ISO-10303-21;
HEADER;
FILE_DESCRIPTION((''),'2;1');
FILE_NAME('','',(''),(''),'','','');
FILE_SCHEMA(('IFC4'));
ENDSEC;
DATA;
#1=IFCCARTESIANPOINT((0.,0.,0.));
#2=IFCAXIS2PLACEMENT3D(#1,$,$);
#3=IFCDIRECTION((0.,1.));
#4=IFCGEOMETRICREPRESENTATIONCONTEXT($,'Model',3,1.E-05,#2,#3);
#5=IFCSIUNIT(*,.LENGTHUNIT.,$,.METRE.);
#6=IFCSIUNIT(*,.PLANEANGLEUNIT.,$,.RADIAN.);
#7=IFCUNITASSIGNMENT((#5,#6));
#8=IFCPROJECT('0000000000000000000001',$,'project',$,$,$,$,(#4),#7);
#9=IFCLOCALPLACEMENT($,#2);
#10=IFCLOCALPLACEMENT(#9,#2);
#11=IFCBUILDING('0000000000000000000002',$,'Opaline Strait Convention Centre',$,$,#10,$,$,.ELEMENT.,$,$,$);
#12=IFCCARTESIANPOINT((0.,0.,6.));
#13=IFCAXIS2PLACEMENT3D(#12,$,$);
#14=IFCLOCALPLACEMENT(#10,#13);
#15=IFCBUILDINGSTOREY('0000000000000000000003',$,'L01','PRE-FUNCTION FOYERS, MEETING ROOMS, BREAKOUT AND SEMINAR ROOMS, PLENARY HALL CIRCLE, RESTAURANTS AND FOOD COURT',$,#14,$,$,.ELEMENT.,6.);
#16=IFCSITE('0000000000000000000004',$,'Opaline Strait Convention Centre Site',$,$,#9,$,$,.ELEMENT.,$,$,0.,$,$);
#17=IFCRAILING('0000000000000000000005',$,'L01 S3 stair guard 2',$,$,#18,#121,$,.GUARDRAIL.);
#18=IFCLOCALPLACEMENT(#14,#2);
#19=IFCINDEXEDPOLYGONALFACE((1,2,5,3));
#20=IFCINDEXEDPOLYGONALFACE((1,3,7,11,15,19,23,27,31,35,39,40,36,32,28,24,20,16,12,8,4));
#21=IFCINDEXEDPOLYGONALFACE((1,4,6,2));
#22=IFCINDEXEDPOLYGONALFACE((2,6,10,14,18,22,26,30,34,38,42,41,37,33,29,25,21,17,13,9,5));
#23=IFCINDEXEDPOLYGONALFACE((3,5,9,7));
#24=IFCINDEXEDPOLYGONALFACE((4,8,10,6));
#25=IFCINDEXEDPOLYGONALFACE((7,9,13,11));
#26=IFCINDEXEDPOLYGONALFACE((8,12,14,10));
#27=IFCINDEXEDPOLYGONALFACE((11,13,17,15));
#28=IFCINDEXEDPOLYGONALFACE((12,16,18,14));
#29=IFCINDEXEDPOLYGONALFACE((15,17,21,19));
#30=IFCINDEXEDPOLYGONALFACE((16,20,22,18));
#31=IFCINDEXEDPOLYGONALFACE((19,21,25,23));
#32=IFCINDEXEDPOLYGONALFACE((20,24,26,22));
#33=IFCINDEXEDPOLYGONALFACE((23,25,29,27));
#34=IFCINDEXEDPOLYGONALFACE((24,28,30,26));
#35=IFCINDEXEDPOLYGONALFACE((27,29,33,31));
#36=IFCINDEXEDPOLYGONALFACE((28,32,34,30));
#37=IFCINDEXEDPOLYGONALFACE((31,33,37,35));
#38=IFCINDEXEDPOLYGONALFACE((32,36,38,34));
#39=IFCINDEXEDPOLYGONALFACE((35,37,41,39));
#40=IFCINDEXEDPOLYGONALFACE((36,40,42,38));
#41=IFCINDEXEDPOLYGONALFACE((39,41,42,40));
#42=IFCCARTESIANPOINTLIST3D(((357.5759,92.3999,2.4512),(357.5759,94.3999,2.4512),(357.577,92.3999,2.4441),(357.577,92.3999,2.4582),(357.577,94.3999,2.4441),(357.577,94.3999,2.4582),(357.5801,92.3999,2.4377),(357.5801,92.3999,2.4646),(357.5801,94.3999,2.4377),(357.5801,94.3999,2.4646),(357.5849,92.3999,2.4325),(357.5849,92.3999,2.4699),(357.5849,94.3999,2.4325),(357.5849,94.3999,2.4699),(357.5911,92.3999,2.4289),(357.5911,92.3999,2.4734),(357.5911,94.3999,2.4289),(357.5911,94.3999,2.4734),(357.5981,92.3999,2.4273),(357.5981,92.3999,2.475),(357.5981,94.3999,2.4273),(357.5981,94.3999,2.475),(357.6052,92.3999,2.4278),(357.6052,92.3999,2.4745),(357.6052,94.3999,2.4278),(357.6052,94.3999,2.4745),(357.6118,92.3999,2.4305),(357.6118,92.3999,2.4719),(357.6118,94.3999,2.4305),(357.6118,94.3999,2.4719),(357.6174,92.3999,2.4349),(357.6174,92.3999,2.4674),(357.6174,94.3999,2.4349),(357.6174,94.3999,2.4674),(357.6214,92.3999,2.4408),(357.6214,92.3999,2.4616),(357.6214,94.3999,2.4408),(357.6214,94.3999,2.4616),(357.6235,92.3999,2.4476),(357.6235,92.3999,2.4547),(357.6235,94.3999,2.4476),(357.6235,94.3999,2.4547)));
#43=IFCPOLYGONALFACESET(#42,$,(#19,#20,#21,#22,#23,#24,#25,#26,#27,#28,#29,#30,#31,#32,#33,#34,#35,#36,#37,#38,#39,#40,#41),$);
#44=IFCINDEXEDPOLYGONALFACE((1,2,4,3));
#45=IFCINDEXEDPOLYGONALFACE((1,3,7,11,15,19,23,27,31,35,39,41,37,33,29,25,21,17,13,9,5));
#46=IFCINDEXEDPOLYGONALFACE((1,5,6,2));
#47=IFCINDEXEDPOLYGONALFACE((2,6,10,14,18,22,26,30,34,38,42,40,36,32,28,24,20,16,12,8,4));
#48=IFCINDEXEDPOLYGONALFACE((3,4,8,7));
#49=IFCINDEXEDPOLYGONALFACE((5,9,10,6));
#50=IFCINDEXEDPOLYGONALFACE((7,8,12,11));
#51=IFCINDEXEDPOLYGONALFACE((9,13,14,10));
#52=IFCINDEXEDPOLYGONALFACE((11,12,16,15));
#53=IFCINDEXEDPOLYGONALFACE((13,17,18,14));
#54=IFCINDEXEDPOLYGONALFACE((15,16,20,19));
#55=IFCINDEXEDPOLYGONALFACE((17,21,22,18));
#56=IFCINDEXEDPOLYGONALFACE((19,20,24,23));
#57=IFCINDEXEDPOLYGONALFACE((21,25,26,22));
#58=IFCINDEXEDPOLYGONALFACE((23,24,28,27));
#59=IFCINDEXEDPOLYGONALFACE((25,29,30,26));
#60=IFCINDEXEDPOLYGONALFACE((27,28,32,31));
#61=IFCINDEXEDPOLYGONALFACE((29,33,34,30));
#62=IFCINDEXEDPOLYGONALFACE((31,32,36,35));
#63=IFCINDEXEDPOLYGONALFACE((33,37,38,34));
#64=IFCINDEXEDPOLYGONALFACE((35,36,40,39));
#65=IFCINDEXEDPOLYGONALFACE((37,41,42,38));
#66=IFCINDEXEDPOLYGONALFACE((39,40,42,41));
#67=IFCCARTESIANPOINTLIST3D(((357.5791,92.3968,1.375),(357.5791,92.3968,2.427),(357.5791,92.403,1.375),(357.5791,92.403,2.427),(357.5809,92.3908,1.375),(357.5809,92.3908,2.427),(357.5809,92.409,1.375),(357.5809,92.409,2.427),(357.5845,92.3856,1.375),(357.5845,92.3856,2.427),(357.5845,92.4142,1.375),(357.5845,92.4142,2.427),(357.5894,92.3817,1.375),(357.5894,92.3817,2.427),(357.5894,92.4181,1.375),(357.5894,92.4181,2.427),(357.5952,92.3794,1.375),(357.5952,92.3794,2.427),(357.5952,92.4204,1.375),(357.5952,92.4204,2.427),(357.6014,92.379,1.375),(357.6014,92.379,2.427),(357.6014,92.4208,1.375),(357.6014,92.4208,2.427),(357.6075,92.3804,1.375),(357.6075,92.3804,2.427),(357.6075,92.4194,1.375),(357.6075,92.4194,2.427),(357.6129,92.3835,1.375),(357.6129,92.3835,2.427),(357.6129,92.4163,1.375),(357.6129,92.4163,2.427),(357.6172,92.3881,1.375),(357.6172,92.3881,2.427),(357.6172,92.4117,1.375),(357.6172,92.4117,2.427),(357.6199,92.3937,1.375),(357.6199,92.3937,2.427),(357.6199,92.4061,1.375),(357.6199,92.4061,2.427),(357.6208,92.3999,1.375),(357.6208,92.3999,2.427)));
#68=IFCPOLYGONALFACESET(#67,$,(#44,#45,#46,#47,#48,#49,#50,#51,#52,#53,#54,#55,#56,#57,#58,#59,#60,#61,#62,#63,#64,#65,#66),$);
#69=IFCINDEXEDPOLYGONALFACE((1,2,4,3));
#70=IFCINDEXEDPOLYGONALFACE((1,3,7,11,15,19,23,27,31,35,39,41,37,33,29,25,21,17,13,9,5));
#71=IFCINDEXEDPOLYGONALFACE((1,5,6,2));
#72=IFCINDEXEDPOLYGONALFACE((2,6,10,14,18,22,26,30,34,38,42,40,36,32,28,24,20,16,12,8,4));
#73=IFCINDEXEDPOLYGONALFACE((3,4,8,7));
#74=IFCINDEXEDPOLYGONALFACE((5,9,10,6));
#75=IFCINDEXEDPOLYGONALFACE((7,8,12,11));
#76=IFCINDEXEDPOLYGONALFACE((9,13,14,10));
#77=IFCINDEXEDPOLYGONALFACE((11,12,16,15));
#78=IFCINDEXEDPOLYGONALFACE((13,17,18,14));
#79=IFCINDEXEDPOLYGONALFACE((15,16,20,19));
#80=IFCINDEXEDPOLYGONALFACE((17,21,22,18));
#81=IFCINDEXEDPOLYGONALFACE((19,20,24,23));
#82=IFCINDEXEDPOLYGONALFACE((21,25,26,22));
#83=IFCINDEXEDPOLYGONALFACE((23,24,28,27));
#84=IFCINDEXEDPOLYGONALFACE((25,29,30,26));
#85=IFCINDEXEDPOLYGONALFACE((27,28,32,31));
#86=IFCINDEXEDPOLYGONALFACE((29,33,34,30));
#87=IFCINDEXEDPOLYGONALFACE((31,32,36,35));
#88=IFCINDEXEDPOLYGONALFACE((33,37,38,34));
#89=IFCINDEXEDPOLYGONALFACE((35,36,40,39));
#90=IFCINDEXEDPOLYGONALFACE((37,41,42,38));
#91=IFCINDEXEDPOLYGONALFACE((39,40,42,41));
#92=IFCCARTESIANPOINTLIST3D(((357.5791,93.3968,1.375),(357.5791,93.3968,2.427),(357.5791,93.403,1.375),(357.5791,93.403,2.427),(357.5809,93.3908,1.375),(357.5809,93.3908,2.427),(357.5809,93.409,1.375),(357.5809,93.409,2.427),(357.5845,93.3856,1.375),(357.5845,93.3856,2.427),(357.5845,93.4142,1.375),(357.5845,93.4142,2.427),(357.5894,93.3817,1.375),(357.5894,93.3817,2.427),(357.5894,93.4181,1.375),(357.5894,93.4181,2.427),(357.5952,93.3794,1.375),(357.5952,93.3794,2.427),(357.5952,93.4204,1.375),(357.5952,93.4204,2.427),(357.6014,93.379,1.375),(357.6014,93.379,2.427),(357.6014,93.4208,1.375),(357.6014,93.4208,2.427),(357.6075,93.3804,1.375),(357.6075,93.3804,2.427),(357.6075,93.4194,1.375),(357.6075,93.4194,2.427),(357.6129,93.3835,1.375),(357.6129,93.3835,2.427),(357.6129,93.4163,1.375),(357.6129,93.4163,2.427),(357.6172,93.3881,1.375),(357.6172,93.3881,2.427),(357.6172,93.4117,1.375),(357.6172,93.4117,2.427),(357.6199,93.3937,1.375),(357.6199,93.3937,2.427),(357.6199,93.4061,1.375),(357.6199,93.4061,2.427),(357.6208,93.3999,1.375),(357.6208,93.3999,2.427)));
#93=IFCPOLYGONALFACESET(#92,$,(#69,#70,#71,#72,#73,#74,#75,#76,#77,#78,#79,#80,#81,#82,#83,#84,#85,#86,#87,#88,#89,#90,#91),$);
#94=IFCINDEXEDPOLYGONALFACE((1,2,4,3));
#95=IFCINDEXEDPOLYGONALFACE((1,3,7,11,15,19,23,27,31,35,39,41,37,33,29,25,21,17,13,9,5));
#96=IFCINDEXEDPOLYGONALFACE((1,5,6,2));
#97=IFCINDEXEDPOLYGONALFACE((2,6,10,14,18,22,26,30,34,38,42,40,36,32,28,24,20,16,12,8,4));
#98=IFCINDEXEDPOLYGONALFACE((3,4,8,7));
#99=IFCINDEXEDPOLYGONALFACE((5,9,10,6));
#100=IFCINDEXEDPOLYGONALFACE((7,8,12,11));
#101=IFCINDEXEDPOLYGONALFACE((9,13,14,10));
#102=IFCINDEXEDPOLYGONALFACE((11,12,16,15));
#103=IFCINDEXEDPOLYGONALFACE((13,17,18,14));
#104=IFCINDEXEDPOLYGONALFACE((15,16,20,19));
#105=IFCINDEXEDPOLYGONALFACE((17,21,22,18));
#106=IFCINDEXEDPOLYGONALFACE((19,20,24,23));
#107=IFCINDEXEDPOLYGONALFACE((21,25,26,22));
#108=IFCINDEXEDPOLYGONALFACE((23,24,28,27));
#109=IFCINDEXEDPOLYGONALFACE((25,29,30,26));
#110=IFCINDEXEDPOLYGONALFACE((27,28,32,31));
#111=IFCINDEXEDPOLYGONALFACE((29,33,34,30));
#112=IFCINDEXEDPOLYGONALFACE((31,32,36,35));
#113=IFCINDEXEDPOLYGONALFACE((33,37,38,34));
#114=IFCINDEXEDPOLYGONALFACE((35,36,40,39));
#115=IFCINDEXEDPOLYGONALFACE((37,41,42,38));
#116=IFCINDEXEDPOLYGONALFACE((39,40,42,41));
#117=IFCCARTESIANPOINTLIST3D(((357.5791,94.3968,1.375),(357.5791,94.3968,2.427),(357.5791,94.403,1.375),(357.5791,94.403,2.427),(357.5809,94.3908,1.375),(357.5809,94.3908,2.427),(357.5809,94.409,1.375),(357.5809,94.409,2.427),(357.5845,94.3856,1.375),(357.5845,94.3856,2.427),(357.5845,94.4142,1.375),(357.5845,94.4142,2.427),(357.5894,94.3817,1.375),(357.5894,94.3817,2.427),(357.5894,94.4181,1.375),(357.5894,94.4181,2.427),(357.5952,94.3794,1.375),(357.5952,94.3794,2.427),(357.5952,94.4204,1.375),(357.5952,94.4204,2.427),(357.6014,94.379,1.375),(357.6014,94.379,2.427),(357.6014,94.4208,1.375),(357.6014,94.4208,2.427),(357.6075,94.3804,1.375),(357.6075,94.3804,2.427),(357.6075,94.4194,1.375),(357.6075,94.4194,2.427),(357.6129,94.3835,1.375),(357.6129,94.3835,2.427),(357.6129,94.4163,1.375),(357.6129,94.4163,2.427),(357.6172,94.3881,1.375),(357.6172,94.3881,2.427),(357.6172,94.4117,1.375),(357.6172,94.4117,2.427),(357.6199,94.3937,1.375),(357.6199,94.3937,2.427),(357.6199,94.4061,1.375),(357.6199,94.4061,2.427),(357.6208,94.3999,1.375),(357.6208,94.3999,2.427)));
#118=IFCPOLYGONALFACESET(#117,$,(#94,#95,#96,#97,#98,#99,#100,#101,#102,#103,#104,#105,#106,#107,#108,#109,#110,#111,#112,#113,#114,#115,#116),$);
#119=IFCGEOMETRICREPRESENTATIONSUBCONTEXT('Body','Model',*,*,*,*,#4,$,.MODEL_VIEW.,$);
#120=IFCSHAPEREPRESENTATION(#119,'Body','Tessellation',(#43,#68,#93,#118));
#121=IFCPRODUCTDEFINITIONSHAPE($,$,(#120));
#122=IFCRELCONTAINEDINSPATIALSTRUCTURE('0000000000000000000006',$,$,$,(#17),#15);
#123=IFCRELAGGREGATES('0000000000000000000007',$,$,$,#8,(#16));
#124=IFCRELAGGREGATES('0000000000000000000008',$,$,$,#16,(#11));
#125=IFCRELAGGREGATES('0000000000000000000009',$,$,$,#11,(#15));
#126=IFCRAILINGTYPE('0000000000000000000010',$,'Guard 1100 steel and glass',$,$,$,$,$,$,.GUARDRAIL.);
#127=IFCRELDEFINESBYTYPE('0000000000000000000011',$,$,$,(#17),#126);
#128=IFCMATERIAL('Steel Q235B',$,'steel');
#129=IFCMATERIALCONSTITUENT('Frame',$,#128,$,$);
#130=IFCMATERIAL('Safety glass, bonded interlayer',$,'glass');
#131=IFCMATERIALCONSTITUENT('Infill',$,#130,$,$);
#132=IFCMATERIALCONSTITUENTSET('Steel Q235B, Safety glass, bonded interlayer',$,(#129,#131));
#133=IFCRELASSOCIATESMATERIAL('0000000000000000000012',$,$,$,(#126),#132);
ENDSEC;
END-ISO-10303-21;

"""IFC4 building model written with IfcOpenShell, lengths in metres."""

from ifc_helpers import new_model, si_unit, direction, frame, origin, origin_2d, place, context, subcontext, project, spatial, circle, extrude, material, constituent, constituent_set, type_object, element, save


model = new_model("IFC4")

# Units and contexts
model_context = context("Model", 3, precision=1e-05, world=origin(), true_north=direction((0.0, 1.0)))
body_context = subcontext(model_context, "Body", "Model", "MODEL_VIEW")
ifc_project = project(units=[si_unit("LENGTHUNIT", "METRE"), si_unit("PLANEANGLEUNIT", "RADIAN")], contexts=[model_context])

# Site, building, storey
site_placement = place(None, origin())
site = spatial("IfcSite", under=ifc_project, at=site_placement, Name="Opaline Strait Convention Centre Site", CompositionType="ELEMENT", RefElevation=0.0)
building_placement = place(site_placement, origin())
building = spatial("IfcBuilding", under=site, at=building_placement, Name="Opaline Strait Convention Centre", CompositionType="ELEMENT")
storey_placement = place(building_placement, frame((0.0, 0.0, 6.0)))
storey = spatial("IfcBuildingStorey", under=building, at=storey_placement, Name="L01", Description="PRE-FUNCTION FOYERS, MEETING ROOMS, BREAKOUT AND SEMINAR ROOMS, PLENARY HALL CIRCLE, RESTAURANTS AND FOOD COURT", CompositionType="ELEMENT", Elevation=6.0)

# Shared definitions
ifc_material_1 = material(Name="Steel Q235B", Category="steel")

# Railing
ifc_constituent_1 = constituent(ifc_material_1, Name="Frame")
ifc_material_2 = material(Name="Safety glass, bonded interlayer", Category="glass")
ifc_constituent_2 = constituent(ifc_material_2, Name="Infill")
ifc_constituent_set = constituent_set(constituents=[ifc_constituent_1, ifc_constituent_2], Name="Steel Q235B, Safety glass, bonded interlayer")
railing_type = type_object("IfcRailingType", Name="Guard 1100 steel and glass", PredefinedType="GUARDRAIL", material=ifc_constituent_set)
railing_1_placement = place(storey_placement, frame((357.5999, 92.3999, 1.375)))
element("IfcRailing", 1, at=railing_1_placement, inside=storey, type_object=railing_type, Name="L01 S3 stair guard 2", PredefinedType="GUARDRAIL", context=body_context, shape_type="SweptSolid", body=[
    extrude(circle(Radius=0.0239, at=origin_2d()), frame((0.0, 0.0, 1.0762), z_axis=(0.0, 1.0, 0.0), x_axis=(-1.0, 0.0, 0.0)), (0.0, 0.0, 1.0), 2.0),
    extrude(circle(Radius=0.021, at=origin_2d()), origin(), (0.0, 0.0, 1.0), 1.052),
    extrude(circle(Radius=0.021, at=origin_2d()), frame((0.0, 1.0, 0.0)), (0.0, 0.0, 1.0), 1.052),
    extrude(circle(Radius=0.021, at=origin_2d()), frame((0.0, 2.0, 0.0)), (0.0, 0.0, 1.0), 1.052),
])

save(model, "model.ifc")
